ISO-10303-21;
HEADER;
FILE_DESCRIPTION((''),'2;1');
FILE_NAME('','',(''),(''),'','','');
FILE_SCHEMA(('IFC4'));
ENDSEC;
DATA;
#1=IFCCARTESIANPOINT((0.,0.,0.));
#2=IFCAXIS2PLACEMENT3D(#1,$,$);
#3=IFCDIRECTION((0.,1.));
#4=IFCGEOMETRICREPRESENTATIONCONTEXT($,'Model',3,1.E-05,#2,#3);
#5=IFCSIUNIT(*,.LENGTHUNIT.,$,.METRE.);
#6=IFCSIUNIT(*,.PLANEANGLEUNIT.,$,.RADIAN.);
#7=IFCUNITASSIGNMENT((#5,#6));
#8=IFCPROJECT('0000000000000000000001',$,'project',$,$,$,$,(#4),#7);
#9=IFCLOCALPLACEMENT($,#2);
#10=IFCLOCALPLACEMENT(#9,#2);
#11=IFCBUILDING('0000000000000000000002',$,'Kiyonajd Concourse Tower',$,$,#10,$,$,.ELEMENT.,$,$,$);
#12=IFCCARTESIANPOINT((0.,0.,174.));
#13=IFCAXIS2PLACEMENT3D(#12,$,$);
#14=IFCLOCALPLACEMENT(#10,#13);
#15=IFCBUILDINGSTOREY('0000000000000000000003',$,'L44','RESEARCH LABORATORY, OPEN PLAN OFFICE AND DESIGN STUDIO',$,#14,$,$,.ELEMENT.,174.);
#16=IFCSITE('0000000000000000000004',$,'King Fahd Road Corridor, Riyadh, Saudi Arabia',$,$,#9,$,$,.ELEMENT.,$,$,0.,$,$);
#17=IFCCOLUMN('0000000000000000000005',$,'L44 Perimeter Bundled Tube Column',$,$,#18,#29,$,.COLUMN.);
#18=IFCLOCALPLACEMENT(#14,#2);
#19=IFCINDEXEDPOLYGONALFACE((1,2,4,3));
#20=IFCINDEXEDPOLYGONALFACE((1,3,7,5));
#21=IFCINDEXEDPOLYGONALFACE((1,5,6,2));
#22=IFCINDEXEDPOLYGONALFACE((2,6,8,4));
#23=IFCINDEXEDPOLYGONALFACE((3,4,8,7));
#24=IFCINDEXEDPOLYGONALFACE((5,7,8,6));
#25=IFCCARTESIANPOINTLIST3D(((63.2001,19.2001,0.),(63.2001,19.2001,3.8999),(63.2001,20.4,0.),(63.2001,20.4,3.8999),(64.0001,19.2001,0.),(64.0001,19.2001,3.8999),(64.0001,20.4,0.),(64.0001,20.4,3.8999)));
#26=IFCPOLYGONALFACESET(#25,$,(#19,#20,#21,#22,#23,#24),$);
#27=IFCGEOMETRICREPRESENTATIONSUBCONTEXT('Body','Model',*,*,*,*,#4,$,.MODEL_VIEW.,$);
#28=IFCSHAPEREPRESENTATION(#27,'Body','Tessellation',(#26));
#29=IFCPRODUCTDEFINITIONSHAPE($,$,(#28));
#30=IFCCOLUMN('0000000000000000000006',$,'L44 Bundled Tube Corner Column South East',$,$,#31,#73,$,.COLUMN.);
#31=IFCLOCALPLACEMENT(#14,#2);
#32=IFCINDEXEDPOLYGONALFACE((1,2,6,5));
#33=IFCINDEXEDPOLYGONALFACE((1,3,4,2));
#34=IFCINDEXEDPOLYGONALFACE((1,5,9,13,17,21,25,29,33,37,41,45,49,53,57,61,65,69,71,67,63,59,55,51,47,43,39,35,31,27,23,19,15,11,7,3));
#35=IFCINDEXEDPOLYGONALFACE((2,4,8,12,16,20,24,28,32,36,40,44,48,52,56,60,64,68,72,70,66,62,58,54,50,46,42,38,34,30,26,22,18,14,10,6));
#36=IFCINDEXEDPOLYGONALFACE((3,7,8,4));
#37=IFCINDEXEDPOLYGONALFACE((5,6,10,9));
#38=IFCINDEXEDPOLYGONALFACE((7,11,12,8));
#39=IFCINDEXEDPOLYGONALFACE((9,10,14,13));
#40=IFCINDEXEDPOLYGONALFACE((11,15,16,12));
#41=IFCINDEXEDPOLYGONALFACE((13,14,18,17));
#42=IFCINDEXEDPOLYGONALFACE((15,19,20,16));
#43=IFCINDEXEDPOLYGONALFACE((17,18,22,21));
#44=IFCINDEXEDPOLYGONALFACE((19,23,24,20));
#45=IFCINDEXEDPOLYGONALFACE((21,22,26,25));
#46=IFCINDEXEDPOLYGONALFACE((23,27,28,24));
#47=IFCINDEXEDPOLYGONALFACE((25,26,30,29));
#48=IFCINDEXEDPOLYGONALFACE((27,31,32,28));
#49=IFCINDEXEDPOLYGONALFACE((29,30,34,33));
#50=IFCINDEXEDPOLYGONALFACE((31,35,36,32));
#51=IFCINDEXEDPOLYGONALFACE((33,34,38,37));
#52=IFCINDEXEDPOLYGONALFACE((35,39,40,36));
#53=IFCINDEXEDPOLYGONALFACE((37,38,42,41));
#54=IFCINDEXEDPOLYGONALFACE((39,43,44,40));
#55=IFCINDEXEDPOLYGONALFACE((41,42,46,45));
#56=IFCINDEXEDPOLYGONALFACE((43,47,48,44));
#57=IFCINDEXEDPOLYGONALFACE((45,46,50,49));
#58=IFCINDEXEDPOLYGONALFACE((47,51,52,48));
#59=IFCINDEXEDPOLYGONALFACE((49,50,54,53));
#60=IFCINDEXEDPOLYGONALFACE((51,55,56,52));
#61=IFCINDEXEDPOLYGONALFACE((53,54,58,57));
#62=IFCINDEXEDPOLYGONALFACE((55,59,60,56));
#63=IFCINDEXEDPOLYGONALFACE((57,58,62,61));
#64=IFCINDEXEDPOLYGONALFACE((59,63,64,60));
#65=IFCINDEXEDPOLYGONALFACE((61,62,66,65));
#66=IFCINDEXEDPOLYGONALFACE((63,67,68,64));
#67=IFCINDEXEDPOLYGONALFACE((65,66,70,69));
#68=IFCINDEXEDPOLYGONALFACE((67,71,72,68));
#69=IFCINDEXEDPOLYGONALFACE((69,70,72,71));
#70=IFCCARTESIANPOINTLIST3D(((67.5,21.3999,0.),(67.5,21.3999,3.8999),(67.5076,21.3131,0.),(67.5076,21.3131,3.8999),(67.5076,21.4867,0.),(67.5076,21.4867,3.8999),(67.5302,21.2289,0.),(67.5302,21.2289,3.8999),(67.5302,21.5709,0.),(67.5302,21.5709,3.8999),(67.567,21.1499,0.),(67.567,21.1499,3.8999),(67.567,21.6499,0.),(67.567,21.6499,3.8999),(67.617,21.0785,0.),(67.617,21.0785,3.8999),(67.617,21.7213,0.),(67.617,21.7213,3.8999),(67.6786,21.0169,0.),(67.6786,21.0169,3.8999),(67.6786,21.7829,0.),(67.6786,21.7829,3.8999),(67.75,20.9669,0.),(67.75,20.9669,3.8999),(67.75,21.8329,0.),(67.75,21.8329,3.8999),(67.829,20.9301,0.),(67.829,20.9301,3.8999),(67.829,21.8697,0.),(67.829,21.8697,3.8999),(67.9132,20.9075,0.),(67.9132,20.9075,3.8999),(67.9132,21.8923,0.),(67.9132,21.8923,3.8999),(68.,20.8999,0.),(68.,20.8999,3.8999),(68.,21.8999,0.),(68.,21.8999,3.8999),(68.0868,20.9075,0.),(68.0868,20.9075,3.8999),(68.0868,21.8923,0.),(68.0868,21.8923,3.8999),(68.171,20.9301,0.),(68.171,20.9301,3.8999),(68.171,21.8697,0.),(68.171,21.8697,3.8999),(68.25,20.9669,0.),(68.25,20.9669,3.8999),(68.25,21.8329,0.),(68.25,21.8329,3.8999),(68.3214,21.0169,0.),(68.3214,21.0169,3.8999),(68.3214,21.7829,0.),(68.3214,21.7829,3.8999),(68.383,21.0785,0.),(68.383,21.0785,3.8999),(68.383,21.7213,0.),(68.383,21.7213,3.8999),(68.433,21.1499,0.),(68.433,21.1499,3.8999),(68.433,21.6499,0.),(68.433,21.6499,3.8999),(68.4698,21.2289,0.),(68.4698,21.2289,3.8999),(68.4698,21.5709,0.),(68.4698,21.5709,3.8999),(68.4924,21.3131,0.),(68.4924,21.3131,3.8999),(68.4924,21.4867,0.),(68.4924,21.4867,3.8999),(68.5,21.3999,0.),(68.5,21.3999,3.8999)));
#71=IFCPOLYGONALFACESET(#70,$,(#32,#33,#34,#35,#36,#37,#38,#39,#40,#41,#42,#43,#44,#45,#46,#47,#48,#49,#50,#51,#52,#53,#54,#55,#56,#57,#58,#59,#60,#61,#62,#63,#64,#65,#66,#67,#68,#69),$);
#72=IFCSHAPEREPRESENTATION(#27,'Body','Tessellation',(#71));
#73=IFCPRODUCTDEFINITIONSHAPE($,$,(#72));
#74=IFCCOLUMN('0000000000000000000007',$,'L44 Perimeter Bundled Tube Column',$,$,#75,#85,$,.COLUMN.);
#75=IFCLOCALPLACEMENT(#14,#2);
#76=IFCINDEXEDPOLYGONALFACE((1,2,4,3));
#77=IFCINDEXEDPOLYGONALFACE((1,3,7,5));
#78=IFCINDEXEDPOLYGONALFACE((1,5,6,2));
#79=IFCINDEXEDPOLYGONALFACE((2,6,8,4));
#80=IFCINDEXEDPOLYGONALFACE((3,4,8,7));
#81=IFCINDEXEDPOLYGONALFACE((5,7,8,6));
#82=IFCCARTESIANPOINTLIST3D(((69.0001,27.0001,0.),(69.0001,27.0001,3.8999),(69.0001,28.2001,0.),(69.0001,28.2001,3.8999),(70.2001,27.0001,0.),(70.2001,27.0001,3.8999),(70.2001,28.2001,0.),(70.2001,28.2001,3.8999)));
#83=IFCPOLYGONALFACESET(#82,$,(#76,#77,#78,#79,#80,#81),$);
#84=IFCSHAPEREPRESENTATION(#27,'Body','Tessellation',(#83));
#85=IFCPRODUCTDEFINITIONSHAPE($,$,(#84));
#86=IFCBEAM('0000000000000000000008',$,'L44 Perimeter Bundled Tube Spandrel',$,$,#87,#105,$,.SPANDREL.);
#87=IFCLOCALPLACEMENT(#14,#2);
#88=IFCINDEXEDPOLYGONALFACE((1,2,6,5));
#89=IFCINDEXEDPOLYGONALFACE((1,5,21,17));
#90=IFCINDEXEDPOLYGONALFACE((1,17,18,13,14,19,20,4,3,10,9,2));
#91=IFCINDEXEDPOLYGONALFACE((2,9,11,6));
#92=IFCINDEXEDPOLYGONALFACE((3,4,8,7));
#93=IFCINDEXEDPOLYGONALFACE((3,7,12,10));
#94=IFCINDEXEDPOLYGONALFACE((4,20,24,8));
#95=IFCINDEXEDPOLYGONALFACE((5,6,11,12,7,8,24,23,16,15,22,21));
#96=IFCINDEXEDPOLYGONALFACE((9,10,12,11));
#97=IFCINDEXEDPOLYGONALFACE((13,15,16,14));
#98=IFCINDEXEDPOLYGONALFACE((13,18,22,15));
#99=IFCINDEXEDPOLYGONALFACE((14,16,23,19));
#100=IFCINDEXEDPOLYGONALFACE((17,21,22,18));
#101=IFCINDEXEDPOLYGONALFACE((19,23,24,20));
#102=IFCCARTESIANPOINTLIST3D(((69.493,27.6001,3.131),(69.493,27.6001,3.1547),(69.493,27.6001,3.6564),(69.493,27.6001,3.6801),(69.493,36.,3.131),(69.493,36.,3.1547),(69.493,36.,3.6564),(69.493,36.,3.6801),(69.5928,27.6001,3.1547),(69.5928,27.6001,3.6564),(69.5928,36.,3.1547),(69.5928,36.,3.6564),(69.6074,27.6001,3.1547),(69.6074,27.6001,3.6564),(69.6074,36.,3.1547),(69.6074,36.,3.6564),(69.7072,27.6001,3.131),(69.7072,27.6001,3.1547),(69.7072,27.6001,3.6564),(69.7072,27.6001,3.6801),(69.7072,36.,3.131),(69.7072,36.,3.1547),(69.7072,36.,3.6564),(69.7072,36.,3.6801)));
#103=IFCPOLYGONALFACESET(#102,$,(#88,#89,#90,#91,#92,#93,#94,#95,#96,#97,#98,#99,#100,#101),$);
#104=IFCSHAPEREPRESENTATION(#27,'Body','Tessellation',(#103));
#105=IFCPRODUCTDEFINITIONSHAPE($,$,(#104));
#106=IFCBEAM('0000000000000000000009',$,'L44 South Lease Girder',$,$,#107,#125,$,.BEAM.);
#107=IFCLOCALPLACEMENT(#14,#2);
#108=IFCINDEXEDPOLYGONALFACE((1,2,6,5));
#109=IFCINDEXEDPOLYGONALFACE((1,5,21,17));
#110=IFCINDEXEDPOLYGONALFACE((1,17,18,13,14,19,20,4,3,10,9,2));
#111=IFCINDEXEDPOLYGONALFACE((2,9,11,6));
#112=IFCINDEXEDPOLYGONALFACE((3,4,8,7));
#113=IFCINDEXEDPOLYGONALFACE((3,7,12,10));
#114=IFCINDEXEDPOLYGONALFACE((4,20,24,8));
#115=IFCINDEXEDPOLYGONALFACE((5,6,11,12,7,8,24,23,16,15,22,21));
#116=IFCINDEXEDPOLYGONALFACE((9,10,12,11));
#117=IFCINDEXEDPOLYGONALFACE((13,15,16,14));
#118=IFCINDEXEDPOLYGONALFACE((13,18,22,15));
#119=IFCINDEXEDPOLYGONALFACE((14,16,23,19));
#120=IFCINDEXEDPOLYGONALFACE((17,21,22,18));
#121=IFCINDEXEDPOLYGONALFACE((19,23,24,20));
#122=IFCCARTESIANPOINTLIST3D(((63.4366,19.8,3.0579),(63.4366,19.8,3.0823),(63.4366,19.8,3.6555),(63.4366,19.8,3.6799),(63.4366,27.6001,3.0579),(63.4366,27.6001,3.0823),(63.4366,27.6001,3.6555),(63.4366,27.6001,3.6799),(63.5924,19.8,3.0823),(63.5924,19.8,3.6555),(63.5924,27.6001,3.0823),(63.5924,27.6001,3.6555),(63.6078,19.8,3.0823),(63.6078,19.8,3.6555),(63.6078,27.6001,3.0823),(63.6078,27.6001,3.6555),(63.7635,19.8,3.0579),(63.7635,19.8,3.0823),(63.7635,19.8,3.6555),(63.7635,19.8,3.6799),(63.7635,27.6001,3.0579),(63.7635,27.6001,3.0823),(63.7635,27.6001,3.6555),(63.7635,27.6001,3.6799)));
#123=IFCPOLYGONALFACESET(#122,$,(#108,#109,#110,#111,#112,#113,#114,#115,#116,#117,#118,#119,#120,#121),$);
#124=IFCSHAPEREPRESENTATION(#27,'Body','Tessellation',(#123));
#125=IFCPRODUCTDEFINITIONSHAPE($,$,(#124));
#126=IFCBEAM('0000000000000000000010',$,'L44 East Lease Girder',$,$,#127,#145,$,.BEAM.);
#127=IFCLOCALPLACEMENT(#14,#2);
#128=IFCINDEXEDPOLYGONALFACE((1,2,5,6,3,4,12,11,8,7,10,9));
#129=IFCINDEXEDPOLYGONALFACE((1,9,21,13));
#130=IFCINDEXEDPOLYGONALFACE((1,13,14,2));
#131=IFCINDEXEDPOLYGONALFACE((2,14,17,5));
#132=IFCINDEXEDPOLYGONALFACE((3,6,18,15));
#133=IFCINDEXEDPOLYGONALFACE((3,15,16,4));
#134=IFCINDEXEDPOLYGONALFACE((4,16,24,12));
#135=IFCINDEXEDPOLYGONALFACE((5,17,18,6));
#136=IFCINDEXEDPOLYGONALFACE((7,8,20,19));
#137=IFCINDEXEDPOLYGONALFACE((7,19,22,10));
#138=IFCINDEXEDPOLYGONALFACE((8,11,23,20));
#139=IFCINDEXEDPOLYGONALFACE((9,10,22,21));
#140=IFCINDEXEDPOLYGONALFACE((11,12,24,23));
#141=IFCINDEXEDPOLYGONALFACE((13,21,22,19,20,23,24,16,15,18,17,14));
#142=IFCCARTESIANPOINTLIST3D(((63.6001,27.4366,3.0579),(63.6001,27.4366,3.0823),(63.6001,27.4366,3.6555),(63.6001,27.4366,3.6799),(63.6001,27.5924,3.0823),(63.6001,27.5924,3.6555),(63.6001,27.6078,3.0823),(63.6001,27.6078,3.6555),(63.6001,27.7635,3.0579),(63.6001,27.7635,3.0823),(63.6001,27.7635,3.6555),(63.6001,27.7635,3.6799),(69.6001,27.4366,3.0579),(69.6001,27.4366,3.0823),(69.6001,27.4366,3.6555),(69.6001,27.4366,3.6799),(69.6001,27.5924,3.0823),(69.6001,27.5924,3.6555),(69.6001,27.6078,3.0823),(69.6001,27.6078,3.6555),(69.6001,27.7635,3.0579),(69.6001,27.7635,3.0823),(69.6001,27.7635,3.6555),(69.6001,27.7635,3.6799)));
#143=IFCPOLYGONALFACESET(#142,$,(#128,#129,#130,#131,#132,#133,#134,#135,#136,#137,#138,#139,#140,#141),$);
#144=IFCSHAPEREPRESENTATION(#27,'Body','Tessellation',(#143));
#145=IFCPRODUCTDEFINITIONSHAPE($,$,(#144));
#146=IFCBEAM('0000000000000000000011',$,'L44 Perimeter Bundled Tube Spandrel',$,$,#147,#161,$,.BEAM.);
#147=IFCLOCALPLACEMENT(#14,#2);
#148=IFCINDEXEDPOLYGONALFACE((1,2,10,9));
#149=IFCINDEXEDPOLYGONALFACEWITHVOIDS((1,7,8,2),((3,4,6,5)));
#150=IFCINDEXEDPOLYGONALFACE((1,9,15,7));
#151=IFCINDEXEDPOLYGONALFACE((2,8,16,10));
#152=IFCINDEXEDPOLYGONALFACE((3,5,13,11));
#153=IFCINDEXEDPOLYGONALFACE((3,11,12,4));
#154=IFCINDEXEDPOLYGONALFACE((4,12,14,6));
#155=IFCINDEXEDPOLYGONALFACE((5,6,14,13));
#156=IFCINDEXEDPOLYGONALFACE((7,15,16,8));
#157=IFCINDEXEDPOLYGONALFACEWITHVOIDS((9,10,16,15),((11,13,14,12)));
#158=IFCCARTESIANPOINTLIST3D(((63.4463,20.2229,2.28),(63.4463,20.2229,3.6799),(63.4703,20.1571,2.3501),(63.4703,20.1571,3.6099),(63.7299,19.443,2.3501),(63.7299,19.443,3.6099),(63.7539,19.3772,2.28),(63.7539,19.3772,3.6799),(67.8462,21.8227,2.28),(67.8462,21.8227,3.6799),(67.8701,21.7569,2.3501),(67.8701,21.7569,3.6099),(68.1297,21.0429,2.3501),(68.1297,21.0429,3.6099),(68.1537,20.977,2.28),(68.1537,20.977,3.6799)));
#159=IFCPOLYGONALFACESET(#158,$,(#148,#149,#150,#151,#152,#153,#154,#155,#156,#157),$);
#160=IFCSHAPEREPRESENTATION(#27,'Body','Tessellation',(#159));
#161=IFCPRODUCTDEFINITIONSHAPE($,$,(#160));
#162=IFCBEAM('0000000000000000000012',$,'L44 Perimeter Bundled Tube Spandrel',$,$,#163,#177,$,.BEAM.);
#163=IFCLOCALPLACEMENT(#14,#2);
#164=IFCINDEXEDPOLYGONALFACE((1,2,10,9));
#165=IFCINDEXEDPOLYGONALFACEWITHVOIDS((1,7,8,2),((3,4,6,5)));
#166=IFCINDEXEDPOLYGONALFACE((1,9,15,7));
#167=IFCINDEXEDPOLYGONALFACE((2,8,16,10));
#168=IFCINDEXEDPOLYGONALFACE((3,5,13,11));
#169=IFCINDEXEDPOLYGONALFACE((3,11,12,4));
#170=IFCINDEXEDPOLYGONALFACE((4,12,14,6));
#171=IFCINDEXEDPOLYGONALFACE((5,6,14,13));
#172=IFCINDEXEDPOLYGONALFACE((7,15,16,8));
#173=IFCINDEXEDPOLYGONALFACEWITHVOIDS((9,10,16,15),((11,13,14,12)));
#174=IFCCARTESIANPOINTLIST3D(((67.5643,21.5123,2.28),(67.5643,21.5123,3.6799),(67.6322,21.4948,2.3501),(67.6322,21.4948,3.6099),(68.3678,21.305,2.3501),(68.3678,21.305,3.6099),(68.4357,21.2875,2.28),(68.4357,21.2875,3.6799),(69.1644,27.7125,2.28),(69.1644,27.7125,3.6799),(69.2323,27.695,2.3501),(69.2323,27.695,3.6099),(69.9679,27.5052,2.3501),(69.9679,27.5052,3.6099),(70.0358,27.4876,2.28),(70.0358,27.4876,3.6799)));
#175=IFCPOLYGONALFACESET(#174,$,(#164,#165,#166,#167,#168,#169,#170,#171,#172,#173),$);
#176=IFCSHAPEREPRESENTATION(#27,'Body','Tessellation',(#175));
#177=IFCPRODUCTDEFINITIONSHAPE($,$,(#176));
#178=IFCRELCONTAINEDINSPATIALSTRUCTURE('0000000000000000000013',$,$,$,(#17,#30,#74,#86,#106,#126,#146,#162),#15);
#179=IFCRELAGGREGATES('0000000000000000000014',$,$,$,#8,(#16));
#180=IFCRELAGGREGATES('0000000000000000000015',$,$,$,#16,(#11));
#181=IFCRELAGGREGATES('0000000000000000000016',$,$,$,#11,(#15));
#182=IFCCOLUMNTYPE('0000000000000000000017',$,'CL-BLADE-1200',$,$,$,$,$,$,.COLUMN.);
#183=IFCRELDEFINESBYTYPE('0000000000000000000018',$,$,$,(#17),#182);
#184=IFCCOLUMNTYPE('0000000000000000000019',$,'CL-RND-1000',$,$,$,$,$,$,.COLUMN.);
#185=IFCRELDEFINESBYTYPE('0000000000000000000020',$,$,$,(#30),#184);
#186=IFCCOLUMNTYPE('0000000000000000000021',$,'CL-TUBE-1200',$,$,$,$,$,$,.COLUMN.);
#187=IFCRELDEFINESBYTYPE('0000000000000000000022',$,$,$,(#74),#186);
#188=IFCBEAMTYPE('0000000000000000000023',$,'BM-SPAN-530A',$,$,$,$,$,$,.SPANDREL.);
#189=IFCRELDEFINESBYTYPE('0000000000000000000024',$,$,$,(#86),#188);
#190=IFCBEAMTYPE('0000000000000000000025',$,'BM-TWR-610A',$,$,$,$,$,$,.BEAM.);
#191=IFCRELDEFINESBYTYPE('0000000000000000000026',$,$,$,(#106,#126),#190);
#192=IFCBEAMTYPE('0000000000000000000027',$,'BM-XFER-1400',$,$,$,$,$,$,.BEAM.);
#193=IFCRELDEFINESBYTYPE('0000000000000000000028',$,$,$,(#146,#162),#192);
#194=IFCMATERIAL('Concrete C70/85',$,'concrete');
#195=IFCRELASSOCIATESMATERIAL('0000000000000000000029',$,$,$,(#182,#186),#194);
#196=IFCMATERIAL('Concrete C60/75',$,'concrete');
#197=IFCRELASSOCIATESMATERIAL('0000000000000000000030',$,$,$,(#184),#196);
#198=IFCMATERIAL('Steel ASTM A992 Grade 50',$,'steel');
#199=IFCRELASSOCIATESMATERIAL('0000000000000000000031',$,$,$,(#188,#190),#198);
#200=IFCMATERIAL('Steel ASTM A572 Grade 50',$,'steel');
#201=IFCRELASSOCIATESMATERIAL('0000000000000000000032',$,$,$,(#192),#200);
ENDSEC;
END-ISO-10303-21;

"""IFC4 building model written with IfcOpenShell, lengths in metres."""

from ifc_helpers import new_model, si_unit, direction, frame, origin, origin_2d, place, context, subcontext, project, spatial, rectangle, hollow_rectangle, circle, i_section, extrude, material, material_profile, profile_set, type_object, element, save


model = new_model("IFC4")

# Units and contexts
model_context = context("Model", 3, precision=1e-05, world=origin(), true_north=direction((0.0, 1.0)))
body_context = subcontext(model_context, "Body", "Model", "MODEL_VIEW")
ifc_project = project(units=[si_unit("LENGTHUNIT", "METRE"), si_unit("PLANEANGLEUNIT", "RADIAN")], contexts=[model_context])

# Site, building, storey
site_placement = place(None, origin())
site = spatial("IfcSite", under=ifc_project, at=site_placement, Name="King Fahd Road Corridor, Riyadh, Saudi Arabia", CompositionType="ELEMENT", RefElevation=0.0)
building_placement = place(site_placement, origin())
building = spatial("IfcBuilding", under=site, at=building_placement, Name="Kiyonajd Concourse Tower", CompositionType="ELEMENT")
storey_placement = place(building_placement, frame((0.0, 0.0, 174.0)))
storey = spatial("IfcBuildingStorey", under=building, at=storey_placement, Name="L44", Description="RESEARCH LABORATORY, OPEN PLAN OFFICE AND DESIGN STUDIO", CompositionType="ELEMENT", Elevation=174.0)

# Columns
ifc_material_1 = material(Name="Concrete C70/85", Category="concrete")
ifc_material_profile_1 = material_profile(ifc_material_1, rectangle(XDim=0.8, YDim=1.2, at=origin_2d()), Name="RC-1200x800")
ifc_profile_set_1 = profile_set([ifc_material_profile_1], Name="Concrete C70/85")
column_type_1 = type_object("IfcColumnType", Name="CL-BLADE-1200", PredefinedType="COLUMN", material=ifc_profile_set_1)
column_1_placement = place(storey_placement, frame((63.6001, 19.8, 0.0), z_axis=(0.0, 0.0, 1.0), x_axis=(1.0, 0.0, 0.0)))
element("IfcColumn", 1, at=column_1_placement, inside=storey, type_object=column_type_1, Name="L44 Perimeter Bundled Tube Column", PredefinedType="COLUMN", context=body_context, shape_type="SweptSolid", body=[
    extrude(rectangle(XDim=0.8, YDim=1.2, at=origin_2d()), origin(), (0.0, 0.0, 1.0), 3.8999),
])
ifc_material_2 = material(Name="Concrete C60/75", Category="concrete")
ifc_material_profile_2 = material_profile(ifc_material_2, circle(Radius=0.5, at=origin_2d()), Name="RCC-D1000")
ifc_profile_set_2 = profile_set([ifc_material_profile_2], Name="Concrete C60/75")
column_type_2 = type_object("IfcColumnType", Name="CL-RND-1000", PredefinedType="COLUMN", material=ifc_profile_set_2)
column_2_placement = place(storey_placement, frame((68.0, 21.3999, 0.0), z_axis=(0.0, 0.0, 1.0), x_axis=(1.0, 0.0, 0.0)))
element("IfcColumn", 2, at=column_2_placement, inside=storey, type_object=column_type_2, Name="L44 Bundled Tube Corner Column South East", PredefinedType="COLUMN", context=body_context, shape_type="SweptSolid", body=[
    extrude(circle(Radius=0.5, at=origin_2d()), origin(), (0.0, 0.0, 1.0), 3.8999),
])
ifc_material_profile_3 = material_profile(ifc_material_1, rectangle(XDim=1.2, YDim=1.2, at=origin_2d()), Name="RC-1200x1200")
ifc_profile_set_3 = profile_set([ifc_material_profile_3], Name="Concrete C70/85")
column_type_3 = type_object("IfcColumnType", Name="CL-TUBE-1200", PredefinedType="COLUMN", material=ifc_profile_set_3)
column_3_placement = place(storey_placement, frame((69.6001, 27.6001, 0.0), z_axis=(0.0, 0.0, 1.0), x_axis=(1.0, 0.0, 0.0)))
element("IfcColumn", 3, at=column_3_placement, inside=storey, type_object=column_type_3, Name="L44 Perimeter Bundled Tube Column", PredefinedType="COLUMN", context=body_context, shape_type="SweptSolid", body=[
    extrude(rectangle(XDim=1.2, YDim=1.2, at=origin_2d()), origin(), (0.0, 0.0, 1.0), 3.8999),
])

# Beams
ifc_material_3 = material(Name="Steel ASTM A992 Grade 50", Category="steel")
ifc_material_profile_4 = material_profile(ifc_material_3, i_section(OverallWidth=0.2141, OverallDepth=0.5491, WebThickness=0.0146, FlangeThickness=0.0237, at=origin_2d()), Name="W530X138")
ifc_profile_set_4 = profile_set([ifc_material_profile_4], Name="Steel ASTM A992 Grade 50")
beam_type_1 = type_object("IfcBeamType", Name="BM-SPAN-530A", PredefinedType="SPANDREL", material=ifc_profile_set_4)
beam_1_placement = place(storey_placement, frame((69.6001, 27.6001, 3.4055), z_axis=(0.0, 1.0, 0.0), x_axis=(-1.0, 0.0, 0.0)))
element("IfcBeam", 4, at=beam_1_placement, inside=storey, type_object=beam_type_1, Name="L44 Perimeter Bundled Tube Spandrel", PredefinedType="SPANDREL", context=body_context, shape_type="SweptSolid", body=[
    extrude(i_section(OverallWidth=0.2141, OverallDepth=0.5491, WebThickness=0.0146, FlangeThickness=0.0237, at=origin_2d()), origin(), (0.0, 0.0, 1.0), 8.3999),
])
ifc_material_profile_5 = material_profile(ifc_material_3, i_section(OverallWidth=0.3269, OverallDepth=0.6221, WebThickness=0.0154, FlangeThickness=0.0244, at=origin_2d()), Name="W610X195")
ifc_profile_set_5 = profile_set([ifc_material_profile_5], Name="Steel ASTM A992 Grade 50")
beam_type_2 = type_object("IfcBeamType", Name="BM-TWR-610A", PredefinedType="BEAM", material=ifc_profile_set_5)
beam_2_placement = place(storey_placement, frame((63.6001, 19.8, 3.3689), z_axis=(0.0, 1.0, 0.0), x_axis=(-1.0, 0.0, 0.0)))
element("IfcBeam", 5, at=beam_2_placement, inside=storey, type_object=beam_type_2, Name="L44 South Lease Girder", PredefinedType="BEAM", context=body_context, shape_type="SweptSolid", body=[
    extrude(i_section(OverallWidth=0.3269, OverallDepth=0.6221, WebThickness=0.0154, FlangeThickness=0.0244, at=origin_2d()), origin(), (0.0, 0.0, 1.0), 7.8),
])
beam_3_placement = place(storey_placement, frame((63.6001, 27.6001, 3.3689), z_axis=(1.0, 0.0, 0.0), x_axis=(0.0, 1.0, 0.0)))
element("IfcBeam", 6, at=beam_3_placement, inside=storey, type_object=beam_type_2, Name="L44 East Lease Girder", PredefinedType="BEAM", context=body_context, shape_type="SweptSolid", body=[
    extrude(i_section(OverallWidth=0.3269, OverallDepth=0.6221, WebThickness=0.0154, FlangeThickness=0.0244, at=origin_2d()), origin(), (0.0, 0.0, 1.0), 6.0),
])
ifc_material_4 = material(Name="Steel ASTM A572 Grade 50", Category="steel")
ifc_material_profile_6 = material_profile(ifc_material_4, hollow_rectangle(XDim=0.8999, YDim=1.3999, WallThickness=0.0701, at=origin_2d()), Name="BOX-1400x900x70")
ifc_profile_set_6 = profile_set([ifc_material_profile_6], Name="Steel ASTM A572 Grade 50")
beam_type_3 = type_object("IfcBeamType", Name="BM-XFER-1400", PredefinedType="BEAM", material=ifc_profile_set_6)
beam_4_placement = place(storey_placement, frame((63.6001, 19.8, 2.98), z_axis=(0.939801, 0.341722, 0.0), x_axis=(-0.341722, 0.939801, 0.0)))
element("IfcBeam", 7, at=beam_4_placement, inside=storey, type_object=beam_type_3, Name="L44 Perimeter Bundled Tube Spandrel", PredefinedType="BEAM", context=body_context, shape_type="SweptSolid", body=[
    extrude(hollow_rectangle(XDim=0.8999, YDim=1.3999, WallThickness=0.0701, at=origin_2d()), origin(), (0.0, 0.0, 1.0), 4.6816),
])
beam_5_placement = place(storey_placement, frame((68.0, 21.3999, 2.98), z_axis=(0.249885, 0.968276, 0.0), x_axis=(-0.968276, 0.249885, 0.0)))
element("IfcBeam", 8, at=beam_5_placement, inside=storey, type_object=beam_type_3, Name="L44 Perimeter Bundled Tube Spandrel", PredefinedType="BEAM", context=body_context, shape_type="SweptSolid", body=[
    extrude(hollow_rectangle(XDim=0.8999, YDim=1.3999, WallThickness=0.0701, at=origin_2d()), origin(), (0.0, 0.0, 1.0), 6.4033),
])

save(model, "model.ifc")
